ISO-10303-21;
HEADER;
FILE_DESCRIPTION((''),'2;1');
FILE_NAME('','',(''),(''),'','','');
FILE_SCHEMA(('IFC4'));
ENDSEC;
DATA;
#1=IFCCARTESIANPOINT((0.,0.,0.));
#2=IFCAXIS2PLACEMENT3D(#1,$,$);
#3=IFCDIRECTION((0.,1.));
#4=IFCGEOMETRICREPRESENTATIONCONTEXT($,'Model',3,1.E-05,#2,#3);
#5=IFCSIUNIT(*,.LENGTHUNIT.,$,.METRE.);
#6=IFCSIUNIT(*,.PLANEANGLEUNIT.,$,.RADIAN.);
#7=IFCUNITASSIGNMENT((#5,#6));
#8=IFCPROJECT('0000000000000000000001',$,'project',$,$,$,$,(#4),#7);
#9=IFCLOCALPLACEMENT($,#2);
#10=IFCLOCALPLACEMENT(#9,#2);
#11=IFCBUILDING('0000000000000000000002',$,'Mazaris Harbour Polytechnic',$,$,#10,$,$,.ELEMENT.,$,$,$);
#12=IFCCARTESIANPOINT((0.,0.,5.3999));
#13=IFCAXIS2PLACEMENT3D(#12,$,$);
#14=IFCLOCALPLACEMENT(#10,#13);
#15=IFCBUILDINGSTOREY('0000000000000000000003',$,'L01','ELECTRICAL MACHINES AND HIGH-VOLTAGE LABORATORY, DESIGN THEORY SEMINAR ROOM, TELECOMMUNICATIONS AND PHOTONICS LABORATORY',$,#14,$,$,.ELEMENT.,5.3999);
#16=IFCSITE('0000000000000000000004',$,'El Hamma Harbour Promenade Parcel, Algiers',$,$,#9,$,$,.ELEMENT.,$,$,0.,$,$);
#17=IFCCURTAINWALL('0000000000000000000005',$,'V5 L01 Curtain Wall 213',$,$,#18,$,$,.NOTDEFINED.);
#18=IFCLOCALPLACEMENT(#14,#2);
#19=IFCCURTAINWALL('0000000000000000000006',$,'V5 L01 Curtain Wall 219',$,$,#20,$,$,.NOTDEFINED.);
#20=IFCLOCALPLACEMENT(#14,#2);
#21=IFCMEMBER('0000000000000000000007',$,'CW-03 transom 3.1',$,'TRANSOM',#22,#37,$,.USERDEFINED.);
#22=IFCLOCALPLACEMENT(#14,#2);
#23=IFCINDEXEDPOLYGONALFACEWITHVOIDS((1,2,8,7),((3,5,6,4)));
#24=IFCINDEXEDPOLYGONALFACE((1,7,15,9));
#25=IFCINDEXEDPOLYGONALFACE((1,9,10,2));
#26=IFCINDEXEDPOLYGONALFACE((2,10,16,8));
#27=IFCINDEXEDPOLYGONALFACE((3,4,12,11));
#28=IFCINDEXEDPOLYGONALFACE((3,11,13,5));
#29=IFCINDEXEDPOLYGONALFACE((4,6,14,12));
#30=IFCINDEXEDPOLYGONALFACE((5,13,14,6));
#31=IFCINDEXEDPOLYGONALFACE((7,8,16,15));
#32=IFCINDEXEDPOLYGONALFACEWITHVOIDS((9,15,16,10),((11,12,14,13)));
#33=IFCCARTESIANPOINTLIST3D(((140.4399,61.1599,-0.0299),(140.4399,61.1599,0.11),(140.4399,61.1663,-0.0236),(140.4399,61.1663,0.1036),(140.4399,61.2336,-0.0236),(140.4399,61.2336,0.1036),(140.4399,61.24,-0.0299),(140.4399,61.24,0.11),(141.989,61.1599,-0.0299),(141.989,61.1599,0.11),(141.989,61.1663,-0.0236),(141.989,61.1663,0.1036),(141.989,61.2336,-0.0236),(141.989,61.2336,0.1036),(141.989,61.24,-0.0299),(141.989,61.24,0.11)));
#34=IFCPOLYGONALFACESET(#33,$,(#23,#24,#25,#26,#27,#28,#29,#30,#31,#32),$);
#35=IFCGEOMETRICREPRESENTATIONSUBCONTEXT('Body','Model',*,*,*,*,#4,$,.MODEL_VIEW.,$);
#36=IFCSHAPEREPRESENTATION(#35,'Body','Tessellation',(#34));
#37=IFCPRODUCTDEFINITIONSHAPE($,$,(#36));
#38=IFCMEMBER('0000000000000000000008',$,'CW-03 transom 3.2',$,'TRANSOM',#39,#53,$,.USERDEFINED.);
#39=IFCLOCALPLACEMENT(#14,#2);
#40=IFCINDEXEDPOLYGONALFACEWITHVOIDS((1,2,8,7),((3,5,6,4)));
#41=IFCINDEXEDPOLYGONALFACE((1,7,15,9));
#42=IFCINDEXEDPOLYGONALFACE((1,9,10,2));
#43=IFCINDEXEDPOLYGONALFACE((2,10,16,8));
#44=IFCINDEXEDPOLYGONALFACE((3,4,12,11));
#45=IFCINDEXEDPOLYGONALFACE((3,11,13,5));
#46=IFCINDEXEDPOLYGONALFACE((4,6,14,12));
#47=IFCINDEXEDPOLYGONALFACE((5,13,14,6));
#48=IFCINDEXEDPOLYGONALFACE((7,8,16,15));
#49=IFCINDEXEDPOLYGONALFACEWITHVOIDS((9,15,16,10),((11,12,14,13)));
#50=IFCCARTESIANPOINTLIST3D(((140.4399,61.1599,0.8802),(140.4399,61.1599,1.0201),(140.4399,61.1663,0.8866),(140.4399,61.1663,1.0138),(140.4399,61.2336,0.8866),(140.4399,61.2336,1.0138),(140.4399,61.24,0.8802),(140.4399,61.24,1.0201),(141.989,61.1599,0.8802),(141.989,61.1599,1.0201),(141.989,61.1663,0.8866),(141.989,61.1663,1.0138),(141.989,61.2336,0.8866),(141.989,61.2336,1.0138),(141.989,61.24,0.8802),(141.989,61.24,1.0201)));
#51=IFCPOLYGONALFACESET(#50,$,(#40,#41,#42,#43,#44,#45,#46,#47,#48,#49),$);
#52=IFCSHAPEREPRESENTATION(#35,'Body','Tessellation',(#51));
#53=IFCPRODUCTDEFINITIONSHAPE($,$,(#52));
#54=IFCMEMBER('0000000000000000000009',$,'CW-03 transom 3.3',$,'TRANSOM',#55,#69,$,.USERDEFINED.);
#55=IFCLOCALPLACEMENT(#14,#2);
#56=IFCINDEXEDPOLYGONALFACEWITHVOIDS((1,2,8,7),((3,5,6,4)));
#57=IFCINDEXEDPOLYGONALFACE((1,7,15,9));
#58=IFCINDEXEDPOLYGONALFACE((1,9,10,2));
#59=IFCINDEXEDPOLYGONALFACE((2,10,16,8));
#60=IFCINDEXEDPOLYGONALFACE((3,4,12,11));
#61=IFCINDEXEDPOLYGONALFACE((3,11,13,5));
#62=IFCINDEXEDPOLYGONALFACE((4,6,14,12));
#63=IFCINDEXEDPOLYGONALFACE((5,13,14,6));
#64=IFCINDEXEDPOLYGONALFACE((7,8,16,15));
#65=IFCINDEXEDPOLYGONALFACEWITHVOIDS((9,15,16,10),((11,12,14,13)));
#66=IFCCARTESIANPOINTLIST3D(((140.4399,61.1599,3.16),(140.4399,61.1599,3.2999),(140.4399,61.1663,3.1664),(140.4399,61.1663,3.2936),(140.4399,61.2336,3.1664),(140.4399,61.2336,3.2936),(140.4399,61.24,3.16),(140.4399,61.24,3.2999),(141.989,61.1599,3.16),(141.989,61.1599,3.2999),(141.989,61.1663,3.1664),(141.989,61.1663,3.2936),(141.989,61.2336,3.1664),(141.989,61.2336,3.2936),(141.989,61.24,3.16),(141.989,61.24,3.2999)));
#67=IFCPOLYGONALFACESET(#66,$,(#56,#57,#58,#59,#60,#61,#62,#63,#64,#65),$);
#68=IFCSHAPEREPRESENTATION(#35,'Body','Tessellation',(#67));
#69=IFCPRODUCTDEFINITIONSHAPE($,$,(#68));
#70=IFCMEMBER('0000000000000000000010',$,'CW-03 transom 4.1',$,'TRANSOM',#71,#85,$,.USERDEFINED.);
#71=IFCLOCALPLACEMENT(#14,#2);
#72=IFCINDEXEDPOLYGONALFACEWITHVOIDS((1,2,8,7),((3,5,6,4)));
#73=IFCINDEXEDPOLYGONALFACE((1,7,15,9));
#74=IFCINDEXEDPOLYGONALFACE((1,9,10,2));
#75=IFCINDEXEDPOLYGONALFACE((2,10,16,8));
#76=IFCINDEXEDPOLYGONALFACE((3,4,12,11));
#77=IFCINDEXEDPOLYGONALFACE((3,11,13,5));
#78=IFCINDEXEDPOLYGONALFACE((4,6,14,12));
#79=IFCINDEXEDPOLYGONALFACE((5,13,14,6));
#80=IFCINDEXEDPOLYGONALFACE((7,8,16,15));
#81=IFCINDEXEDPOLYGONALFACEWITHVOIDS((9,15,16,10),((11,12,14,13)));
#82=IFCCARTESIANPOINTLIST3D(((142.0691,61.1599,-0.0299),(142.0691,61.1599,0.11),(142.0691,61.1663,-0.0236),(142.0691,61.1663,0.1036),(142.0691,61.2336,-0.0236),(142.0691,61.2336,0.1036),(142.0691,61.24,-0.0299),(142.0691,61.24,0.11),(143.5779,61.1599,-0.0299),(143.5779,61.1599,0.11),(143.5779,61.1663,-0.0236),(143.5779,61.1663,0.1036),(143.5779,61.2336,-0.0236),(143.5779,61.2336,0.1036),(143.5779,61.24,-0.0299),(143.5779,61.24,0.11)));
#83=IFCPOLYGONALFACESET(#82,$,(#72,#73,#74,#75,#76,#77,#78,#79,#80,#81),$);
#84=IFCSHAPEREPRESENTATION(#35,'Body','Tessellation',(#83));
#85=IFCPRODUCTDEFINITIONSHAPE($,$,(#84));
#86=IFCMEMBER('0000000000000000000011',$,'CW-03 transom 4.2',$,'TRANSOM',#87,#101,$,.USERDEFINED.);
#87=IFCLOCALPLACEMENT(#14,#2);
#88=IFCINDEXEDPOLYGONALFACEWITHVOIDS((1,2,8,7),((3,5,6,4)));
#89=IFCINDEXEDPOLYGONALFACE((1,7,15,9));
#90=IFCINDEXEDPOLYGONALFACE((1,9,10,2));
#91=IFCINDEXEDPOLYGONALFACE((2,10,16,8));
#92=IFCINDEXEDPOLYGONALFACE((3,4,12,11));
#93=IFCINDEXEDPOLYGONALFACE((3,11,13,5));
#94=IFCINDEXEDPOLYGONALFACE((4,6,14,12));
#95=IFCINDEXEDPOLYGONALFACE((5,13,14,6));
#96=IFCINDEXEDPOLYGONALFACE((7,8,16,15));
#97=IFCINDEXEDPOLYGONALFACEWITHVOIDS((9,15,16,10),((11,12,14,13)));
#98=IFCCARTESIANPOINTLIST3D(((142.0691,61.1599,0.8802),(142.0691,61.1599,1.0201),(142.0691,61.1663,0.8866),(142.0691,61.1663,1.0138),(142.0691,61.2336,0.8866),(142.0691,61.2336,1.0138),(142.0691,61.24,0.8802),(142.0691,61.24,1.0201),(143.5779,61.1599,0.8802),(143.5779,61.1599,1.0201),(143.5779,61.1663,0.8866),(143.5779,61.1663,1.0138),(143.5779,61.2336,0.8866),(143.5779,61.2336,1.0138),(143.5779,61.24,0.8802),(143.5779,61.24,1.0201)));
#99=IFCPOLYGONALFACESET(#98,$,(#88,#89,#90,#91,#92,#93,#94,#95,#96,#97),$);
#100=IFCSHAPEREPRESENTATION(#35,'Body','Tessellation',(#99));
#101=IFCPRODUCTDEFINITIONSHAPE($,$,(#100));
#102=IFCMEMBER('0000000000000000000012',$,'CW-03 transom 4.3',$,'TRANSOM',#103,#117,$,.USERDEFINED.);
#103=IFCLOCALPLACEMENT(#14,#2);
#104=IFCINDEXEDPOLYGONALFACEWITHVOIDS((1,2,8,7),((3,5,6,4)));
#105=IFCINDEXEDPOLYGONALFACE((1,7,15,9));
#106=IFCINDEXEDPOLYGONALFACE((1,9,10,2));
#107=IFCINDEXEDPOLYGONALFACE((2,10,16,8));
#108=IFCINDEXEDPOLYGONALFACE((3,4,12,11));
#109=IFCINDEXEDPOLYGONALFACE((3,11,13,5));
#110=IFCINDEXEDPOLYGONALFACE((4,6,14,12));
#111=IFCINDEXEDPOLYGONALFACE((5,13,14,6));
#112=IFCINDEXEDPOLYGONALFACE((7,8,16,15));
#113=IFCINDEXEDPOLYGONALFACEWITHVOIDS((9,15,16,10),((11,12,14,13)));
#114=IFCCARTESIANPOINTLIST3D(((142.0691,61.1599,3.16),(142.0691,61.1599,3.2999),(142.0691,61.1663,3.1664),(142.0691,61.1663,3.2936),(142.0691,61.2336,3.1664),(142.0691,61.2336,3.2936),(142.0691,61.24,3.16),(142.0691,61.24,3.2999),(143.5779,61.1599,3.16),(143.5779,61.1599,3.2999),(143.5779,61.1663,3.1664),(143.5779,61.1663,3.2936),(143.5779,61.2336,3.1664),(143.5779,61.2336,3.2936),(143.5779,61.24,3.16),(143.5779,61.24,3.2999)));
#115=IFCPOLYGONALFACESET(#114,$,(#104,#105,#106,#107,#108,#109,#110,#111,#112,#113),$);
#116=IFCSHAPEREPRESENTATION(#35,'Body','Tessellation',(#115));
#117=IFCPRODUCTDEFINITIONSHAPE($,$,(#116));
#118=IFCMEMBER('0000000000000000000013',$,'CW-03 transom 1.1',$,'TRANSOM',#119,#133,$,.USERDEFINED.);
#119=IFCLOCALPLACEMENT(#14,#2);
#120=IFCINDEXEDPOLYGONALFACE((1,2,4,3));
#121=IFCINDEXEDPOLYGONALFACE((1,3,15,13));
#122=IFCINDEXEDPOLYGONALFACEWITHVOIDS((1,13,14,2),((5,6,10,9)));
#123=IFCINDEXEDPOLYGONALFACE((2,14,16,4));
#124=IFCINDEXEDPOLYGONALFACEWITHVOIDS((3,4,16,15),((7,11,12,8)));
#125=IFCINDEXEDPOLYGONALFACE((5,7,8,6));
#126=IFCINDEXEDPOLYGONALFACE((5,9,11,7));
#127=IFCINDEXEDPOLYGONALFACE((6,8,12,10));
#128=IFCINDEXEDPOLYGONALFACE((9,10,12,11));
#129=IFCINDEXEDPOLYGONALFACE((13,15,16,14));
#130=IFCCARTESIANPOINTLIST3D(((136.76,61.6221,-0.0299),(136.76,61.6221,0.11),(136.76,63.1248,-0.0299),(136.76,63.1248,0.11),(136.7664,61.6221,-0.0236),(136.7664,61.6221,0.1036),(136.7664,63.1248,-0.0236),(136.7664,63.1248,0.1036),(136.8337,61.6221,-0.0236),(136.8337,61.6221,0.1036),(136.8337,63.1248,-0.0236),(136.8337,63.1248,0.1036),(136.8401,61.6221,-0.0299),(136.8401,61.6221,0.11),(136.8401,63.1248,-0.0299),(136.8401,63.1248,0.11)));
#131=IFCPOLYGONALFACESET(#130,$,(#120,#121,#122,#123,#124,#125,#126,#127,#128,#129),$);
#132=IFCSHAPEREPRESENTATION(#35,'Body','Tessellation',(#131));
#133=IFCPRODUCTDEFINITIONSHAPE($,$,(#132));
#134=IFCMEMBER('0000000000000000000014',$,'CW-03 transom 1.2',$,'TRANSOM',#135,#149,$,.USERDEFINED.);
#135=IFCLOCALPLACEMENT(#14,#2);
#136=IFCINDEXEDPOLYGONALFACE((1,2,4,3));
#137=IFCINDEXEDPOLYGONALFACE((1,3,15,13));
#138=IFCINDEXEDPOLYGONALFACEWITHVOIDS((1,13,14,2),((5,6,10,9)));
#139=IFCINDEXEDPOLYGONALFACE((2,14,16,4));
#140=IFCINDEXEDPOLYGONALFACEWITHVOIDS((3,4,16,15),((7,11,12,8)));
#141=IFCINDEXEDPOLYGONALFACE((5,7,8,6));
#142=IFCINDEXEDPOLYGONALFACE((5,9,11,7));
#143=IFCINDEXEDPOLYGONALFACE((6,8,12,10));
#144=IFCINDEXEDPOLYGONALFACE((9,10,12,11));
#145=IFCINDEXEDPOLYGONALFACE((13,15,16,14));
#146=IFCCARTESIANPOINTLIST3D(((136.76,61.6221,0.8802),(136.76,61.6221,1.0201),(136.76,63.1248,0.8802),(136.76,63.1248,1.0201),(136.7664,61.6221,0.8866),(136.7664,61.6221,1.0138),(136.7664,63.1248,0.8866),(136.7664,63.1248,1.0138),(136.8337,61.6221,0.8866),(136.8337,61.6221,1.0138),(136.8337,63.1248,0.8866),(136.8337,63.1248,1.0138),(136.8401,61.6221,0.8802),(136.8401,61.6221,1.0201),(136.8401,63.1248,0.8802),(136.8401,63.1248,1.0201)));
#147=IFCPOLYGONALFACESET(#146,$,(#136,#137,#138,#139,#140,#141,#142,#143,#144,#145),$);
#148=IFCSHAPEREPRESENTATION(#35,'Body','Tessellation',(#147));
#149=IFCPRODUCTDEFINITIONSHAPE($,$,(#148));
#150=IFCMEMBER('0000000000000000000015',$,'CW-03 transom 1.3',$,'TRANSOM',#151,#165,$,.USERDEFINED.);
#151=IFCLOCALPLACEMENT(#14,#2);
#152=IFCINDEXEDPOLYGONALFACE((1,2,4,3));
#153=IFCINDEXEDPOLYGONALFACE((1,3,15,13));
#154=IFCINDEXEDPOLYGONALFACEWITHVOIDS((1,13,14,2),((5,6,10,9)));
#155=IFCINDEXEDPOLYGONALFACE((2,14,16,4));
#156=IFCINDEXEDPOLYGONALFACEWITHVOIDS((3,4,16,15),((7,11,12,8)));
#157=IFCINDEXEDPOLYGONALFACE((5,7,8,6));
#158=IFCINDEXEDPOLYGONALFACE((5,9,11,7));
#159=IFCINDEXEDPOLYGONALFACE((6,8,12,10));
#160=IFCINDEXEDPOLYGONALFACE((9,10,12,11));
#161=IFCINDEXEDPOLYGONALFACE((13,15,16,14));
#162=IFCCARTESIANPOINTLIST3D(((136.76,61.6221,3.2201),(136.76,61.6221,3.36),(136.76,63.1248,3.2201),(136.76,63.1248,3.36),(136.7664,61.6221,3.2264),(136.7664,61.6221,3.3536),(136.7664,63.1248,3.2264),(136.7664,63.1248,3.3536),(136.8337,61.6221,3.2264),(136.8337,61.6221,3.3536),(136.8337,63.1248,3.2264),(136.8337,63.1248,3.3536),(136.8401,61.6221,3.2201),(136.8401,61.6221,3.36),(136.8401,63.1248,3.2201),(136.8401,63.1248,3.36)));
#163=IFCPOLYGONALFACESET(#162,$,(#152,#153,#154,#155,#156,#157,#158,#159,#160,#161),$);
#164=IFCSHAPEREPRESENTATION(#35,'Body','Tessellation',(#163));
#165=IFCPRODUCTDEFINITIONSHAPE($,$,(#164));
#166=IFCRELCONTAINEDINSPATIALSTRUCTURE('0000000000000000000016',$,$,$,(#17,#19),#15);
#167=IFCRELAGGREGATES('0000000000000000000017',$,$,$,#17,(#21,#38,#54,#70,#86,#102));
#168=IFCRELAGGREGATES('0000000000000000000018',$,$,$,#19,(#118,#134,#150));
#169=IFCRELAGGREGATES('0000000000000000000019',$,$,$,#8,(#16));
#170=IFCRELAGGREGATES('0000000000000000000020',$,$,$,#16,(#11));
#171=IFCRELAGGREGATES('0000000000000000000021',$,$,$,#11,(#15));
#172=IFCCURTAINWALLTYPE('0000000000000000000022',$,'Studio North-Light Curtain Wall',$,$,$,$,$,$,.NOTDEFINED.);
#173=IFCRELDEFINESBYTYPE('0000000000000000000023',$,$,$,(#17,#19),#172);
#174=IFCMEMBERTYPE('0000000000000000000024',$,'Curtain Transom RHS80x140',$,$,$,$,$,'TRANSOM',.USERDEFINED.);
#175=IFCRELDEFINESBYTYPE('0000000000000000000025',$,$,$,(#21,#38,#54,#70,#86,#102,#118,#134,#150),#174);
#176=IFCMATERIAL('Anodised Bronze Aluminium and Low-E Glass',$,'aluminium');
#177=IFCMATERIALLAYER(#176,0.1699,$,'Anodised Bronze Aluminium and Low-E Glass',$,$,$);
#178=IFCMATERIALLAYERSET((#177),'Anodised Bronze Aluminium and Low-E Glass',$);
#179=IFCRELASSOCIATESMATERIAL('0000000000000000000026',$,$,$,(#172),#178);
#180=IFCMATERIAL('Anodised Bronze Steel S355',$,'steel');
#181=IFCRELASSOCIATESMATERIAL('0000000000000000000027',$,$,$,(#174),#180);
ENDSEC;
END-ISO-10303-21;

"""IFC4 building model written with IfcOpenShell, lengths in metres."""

from ifc_helpers import new_model, si_unit, direction, frame, origin, origin_2d, place, context, subcontext, project, spatial, hollow_rectangle, extrude, material, layer, layer_set, material_profile, profile_set, type_object, element, aggregate, save


model = new_model("IFC4")

# Units and contexts
model_context = context("Model", 3, precision=1e-05, world=origin(), true_north=direction((0.0, 1.0)))
body_context = subcontext(model_context, "Body", "Model", "MODEL_VIEW")
ifc_project = project(units=[si_unit("LENGTHUNIT", "METRE"), si_unit("PLANEANGLEUNIT", "RADIAN")], contexts=[model_context])

# Site, building, storey
site_placement = place(None, origin())
site = spatial("IfcSite", under=ifc_project, at=site_placement, Name="El Hamma Harbour Promenade Parcel, Algiers", CompositionType="ELEMENT", RefElevation=0.0)
building_placement = place(site_placement, origin())
building = spatial("IfcBuilding", under=site, at=building_placement, Name="Mazaris Harbour Polytechnic", CompositionType="ELEMENT")
storey_placement = place(building_placement, frame((0.0, 0.0, 5.3999)))
storey = spatial("IfcBuildingStorey", under=building, at=storey_placement, Name="L01", Description="ELECTRICAL MACHINES AND HIGH-VOLTAGE LABORATORY, DESIGN THEORY SEMINAR ROOM, TELECOMMUNICATIONS AND PHOTONICS LABORATORY", CompositionType="ELEMENT", Elevation=5.3999)

# Curtain wall
ifc_material_1 = material(Name="Anodised Bronze Aluminium and Low-E Glass", Category="aluminium")
ifc_layer_1 = layer(ifc_material_1, 0.1699, Name="Anodised Bronze Aluminium and Low-E Glass")
ifc_layer_set_1 = layer_set([ifc_layer_1], Name="Anodised Bronze Aluminium and Low-E Glass")
curtain_wall_type = type_object("IfcCurtainWallType", Name="Studio North-Light Curtain Wall", PredefinedType="NOTDEFINED", material=ifc_layer_set_1)
curtain_wall_1_placement = place(storey_placement, origin())
curtain_wall_1 = element("IfcCurtainWall", 1, at=curtain_wall_1_placement, inside=storey, type_object=curtain_wall_type, Name="V5 L01 Curtain Wall 213", PredefinedType="NOTDEFINED")

# Curtain wall
curtain_wall_2_placement = place(storey_placement, origin())
curtain_wall_2 = element("IfcCurtainWall", 2, at=curtain_wall_2_placement, inside=storey, type_object=curtain_wall_type, Name="V5 L01 Curtain Wall 219", PredefinedType="NOTDEFINED")

# Members
ifc_material_2 = material(Name="Anodised Bronze Steel S355", Category="steel")
ifc_material_profile_1 = material_profile(ifc_material_2, hollow_rectangle(XDim=0.0801, YDim=0.1399, WallThickness=0.0063, at=origin_2d()), Name="RHS 80x140x6.3")
ifc_profile_set_1 = profile_set([ifc_material_profile_1], Name="Anodised Bronze Steel S355")
member_type_1 = type_object("IfcMemberType", Name="Curtain Transom RHS80x140", ElementType="TRANSOM", PredefinedType="USERDEFINED", material=ifc_profile_set_1)
member_1_placement = place(storey_placement, frame((140.4399, 61.2, 0.04), z_axis=(1.0, 0.0, 0.0), x_axis=(0.0, 1.0, 0.0)))
member_1 = element("IfcMember", 3, at=member_1_placement, type_object=member_type_1, Name="CW-03 transom 3.1", ObjectType="TRANSOM", PredefinedType="USERDEFINED", context=body_context, shape_type="SweptSolid", body=[
    extrude(hollow_rectangle(XDim=0.0801, YDim=0.1399, WallThickness=0.0063, at=origin_2d()), origin(), (0.0, 0.0, 1.0), 1.5491),
])
member_2_placement = place(storey_placement, frame((140.4399, 61.2, 0.9502), z_axis=(1.0, 0.0, 0.0), x_axis=(0.0, 1.0, 0.0)))
member_2 = element("IfcMember", 4, at=member_2_placement, type_object=member_type_1, Name="CW-03 transom 3.2", ObjectType="TRANSOM", PredefinedType="USERDEFINED", context=body_context, shape_type="SweptSolid", body=[
    extrude(hollow_rectangle(XDim=0.0801, YDim=0.1399, WallThickness=0.0063, at=origin_2d()), origin(), (0.0, 0.0, 1.0), 1.5491),
])
member_3_placement = place(storey_placement, frame((140.4399, 61.2, 3.23), z_axis=(1.0, 0.0, 0.0), x_axis=(0.0, 1.0, 0.0)))
member_3 = element("IfcMember", 5, at=member_3_placement, type_object=member_type_1, Name="CW-03 transom 3.3", ObjectType="TRANSOM", PredefinedType="USERDEFINED", context=body_context, shape_type="SweptSolid", body=[
    extrude(hollow_rectangle(XDim=0.0801, YDim=0.1399, WallThickness=0.0063, at=origin_2d()), origin(), (0.0, 0.0, 1.0), 1.5491),
])
member_4_placement = place(storey_placement, frame((142.0691, 61.2, 0.04), z_axis=(1.0, 0.0, 0.0), x_axis=(0.0, 1.0, 0.0)))
member_4 = element("IfcMember", 6, at=member_4_placement, type_object=member_type_1, Name="CW-03 transom 4.1", ObjectType="TRANSOM", PredefinedType="USERDEFINED", context=body_context, shape_type="SweptSolid", body=[
    extrude(hollow_rectangle(XDim=0.0801, YDim=0.1399, WallThickness=0.0063, at=origin_2d()), origin(), (0.0, 0.0, 1.0), 1.5088),
])
member_5_placement = place(storey_placement, frame((142.0691, 61.2, 0.9502), z_axis=(1.0, 0.0, 0.0), x_axis=(0.0, 1.0, 0.0)))
member_5 = element("IfcMember", 7, at=member_5_placement, type_object=member_type_1, Name="CW-03 transom 4.2", ObjectType="TRANSOM", PredefinedType="USERDEFINED", context=body_context, shape_type="SweptSolid", body=[
    extrude(hollow_rectangle(XDim=0.0801, YDim=0.1399, WallThickness=0.0063, at=origin_2d()), origin(), (0.0, 0.0, 1.0), 1.5088),
])
member_6_placement = place(storey_placement, frame((142.0691, 61.2, 3.23), z_axis=(1.0, 0.0, 0.0), x_axis=(0.0, 1.0, 0.0)))
member_6 = element("IfcMember", 8, at=member_6_placement, type_object=member_type_1, Name="CW-03 transom 4.3", ObjectType="TRANSOM", PredefinedType="USERDEFINED", context=body_context, shape_type="SweptSolid", body=[
    extrude(hollow_rectangle(XDim=0.0801, YDim=0.1399, WallThickness=0.0063, at=origin_2d()), origin(), (0.0, 0.0, 1.0), 1.5088),
])
member_7_placement = place(storey_placement, frame((136.8, 61.6221, 0.04), z_axis=(0.0, 1.0, 0.0), x_axis=(-1.0, 0.0, 0.0)))
member_7 = element("IfcMember", 9, at=member_7_placement, type_object=member_type_1, Name="CW-03 transom 1.1", ObjectType="TRANSOM", PredefinedType="USERDEFINED", context=body_context, shape_type="SweptSolid", body=[
    extrude(hollow_rectangle(XDim=0.0801, YDim=0.1399, WallThickness=0.0063, at=origin_2d()), origin(), (0.0, 0.0, 1.0), 1.5027),
])
member_8_placement = place(storey_placement, frame((136.8, 61.6221, 0.9502), z_axis=(0.0, 1.0, 0.0), x_axis=(-1.0, 0.0, 0.0)))
member_8 = element("IfcMember", 10, at=member_8_placement, type_object=member_type_1, Name="CW-03 transom 1.2", ObjectType="TRANSOM", PredefinedType="USERDEFINED", context=body_context, shape_type="SweptSolid", body=[
    extrude(hollow_rectangle(XDim=0.0801, YDim=0.1399, WallThickness=0.0063, at=origin_2d()), origin(), (0.0, 0.0, 1.0), 1.5027),
])
member_9_placement = place(storey_placement, frame((136.8, 61.6221, 3.29), z_axis=(0.0, 1.0, 0.0), x_axis=(-1.0, 0.0, 0.0)))
member_9 = element("IfcMember", 11, at=member_9_placement, type_object=member_type_1, Name="CW-03 transom 1.3", ObjectType="TRANSOM", PredefinedType="USERDEFINED", context=body_context, shape_type="SweptSolid", body=[
    extrude(hollow_rectangle(XDim=0.0801, YDim=0.1399, WallThickness=0.0063, at=origin_2d()), origin(), (0.0, 0.0, 1.0), 1.5027),
])

aggregate(curtain_wall_1, [member_1, member_2, member_3, member_4, member_5, member_6])
aggregate(curtain_wall_2, [member_7, member_8, member_9])

save(model, "model.ifc")
